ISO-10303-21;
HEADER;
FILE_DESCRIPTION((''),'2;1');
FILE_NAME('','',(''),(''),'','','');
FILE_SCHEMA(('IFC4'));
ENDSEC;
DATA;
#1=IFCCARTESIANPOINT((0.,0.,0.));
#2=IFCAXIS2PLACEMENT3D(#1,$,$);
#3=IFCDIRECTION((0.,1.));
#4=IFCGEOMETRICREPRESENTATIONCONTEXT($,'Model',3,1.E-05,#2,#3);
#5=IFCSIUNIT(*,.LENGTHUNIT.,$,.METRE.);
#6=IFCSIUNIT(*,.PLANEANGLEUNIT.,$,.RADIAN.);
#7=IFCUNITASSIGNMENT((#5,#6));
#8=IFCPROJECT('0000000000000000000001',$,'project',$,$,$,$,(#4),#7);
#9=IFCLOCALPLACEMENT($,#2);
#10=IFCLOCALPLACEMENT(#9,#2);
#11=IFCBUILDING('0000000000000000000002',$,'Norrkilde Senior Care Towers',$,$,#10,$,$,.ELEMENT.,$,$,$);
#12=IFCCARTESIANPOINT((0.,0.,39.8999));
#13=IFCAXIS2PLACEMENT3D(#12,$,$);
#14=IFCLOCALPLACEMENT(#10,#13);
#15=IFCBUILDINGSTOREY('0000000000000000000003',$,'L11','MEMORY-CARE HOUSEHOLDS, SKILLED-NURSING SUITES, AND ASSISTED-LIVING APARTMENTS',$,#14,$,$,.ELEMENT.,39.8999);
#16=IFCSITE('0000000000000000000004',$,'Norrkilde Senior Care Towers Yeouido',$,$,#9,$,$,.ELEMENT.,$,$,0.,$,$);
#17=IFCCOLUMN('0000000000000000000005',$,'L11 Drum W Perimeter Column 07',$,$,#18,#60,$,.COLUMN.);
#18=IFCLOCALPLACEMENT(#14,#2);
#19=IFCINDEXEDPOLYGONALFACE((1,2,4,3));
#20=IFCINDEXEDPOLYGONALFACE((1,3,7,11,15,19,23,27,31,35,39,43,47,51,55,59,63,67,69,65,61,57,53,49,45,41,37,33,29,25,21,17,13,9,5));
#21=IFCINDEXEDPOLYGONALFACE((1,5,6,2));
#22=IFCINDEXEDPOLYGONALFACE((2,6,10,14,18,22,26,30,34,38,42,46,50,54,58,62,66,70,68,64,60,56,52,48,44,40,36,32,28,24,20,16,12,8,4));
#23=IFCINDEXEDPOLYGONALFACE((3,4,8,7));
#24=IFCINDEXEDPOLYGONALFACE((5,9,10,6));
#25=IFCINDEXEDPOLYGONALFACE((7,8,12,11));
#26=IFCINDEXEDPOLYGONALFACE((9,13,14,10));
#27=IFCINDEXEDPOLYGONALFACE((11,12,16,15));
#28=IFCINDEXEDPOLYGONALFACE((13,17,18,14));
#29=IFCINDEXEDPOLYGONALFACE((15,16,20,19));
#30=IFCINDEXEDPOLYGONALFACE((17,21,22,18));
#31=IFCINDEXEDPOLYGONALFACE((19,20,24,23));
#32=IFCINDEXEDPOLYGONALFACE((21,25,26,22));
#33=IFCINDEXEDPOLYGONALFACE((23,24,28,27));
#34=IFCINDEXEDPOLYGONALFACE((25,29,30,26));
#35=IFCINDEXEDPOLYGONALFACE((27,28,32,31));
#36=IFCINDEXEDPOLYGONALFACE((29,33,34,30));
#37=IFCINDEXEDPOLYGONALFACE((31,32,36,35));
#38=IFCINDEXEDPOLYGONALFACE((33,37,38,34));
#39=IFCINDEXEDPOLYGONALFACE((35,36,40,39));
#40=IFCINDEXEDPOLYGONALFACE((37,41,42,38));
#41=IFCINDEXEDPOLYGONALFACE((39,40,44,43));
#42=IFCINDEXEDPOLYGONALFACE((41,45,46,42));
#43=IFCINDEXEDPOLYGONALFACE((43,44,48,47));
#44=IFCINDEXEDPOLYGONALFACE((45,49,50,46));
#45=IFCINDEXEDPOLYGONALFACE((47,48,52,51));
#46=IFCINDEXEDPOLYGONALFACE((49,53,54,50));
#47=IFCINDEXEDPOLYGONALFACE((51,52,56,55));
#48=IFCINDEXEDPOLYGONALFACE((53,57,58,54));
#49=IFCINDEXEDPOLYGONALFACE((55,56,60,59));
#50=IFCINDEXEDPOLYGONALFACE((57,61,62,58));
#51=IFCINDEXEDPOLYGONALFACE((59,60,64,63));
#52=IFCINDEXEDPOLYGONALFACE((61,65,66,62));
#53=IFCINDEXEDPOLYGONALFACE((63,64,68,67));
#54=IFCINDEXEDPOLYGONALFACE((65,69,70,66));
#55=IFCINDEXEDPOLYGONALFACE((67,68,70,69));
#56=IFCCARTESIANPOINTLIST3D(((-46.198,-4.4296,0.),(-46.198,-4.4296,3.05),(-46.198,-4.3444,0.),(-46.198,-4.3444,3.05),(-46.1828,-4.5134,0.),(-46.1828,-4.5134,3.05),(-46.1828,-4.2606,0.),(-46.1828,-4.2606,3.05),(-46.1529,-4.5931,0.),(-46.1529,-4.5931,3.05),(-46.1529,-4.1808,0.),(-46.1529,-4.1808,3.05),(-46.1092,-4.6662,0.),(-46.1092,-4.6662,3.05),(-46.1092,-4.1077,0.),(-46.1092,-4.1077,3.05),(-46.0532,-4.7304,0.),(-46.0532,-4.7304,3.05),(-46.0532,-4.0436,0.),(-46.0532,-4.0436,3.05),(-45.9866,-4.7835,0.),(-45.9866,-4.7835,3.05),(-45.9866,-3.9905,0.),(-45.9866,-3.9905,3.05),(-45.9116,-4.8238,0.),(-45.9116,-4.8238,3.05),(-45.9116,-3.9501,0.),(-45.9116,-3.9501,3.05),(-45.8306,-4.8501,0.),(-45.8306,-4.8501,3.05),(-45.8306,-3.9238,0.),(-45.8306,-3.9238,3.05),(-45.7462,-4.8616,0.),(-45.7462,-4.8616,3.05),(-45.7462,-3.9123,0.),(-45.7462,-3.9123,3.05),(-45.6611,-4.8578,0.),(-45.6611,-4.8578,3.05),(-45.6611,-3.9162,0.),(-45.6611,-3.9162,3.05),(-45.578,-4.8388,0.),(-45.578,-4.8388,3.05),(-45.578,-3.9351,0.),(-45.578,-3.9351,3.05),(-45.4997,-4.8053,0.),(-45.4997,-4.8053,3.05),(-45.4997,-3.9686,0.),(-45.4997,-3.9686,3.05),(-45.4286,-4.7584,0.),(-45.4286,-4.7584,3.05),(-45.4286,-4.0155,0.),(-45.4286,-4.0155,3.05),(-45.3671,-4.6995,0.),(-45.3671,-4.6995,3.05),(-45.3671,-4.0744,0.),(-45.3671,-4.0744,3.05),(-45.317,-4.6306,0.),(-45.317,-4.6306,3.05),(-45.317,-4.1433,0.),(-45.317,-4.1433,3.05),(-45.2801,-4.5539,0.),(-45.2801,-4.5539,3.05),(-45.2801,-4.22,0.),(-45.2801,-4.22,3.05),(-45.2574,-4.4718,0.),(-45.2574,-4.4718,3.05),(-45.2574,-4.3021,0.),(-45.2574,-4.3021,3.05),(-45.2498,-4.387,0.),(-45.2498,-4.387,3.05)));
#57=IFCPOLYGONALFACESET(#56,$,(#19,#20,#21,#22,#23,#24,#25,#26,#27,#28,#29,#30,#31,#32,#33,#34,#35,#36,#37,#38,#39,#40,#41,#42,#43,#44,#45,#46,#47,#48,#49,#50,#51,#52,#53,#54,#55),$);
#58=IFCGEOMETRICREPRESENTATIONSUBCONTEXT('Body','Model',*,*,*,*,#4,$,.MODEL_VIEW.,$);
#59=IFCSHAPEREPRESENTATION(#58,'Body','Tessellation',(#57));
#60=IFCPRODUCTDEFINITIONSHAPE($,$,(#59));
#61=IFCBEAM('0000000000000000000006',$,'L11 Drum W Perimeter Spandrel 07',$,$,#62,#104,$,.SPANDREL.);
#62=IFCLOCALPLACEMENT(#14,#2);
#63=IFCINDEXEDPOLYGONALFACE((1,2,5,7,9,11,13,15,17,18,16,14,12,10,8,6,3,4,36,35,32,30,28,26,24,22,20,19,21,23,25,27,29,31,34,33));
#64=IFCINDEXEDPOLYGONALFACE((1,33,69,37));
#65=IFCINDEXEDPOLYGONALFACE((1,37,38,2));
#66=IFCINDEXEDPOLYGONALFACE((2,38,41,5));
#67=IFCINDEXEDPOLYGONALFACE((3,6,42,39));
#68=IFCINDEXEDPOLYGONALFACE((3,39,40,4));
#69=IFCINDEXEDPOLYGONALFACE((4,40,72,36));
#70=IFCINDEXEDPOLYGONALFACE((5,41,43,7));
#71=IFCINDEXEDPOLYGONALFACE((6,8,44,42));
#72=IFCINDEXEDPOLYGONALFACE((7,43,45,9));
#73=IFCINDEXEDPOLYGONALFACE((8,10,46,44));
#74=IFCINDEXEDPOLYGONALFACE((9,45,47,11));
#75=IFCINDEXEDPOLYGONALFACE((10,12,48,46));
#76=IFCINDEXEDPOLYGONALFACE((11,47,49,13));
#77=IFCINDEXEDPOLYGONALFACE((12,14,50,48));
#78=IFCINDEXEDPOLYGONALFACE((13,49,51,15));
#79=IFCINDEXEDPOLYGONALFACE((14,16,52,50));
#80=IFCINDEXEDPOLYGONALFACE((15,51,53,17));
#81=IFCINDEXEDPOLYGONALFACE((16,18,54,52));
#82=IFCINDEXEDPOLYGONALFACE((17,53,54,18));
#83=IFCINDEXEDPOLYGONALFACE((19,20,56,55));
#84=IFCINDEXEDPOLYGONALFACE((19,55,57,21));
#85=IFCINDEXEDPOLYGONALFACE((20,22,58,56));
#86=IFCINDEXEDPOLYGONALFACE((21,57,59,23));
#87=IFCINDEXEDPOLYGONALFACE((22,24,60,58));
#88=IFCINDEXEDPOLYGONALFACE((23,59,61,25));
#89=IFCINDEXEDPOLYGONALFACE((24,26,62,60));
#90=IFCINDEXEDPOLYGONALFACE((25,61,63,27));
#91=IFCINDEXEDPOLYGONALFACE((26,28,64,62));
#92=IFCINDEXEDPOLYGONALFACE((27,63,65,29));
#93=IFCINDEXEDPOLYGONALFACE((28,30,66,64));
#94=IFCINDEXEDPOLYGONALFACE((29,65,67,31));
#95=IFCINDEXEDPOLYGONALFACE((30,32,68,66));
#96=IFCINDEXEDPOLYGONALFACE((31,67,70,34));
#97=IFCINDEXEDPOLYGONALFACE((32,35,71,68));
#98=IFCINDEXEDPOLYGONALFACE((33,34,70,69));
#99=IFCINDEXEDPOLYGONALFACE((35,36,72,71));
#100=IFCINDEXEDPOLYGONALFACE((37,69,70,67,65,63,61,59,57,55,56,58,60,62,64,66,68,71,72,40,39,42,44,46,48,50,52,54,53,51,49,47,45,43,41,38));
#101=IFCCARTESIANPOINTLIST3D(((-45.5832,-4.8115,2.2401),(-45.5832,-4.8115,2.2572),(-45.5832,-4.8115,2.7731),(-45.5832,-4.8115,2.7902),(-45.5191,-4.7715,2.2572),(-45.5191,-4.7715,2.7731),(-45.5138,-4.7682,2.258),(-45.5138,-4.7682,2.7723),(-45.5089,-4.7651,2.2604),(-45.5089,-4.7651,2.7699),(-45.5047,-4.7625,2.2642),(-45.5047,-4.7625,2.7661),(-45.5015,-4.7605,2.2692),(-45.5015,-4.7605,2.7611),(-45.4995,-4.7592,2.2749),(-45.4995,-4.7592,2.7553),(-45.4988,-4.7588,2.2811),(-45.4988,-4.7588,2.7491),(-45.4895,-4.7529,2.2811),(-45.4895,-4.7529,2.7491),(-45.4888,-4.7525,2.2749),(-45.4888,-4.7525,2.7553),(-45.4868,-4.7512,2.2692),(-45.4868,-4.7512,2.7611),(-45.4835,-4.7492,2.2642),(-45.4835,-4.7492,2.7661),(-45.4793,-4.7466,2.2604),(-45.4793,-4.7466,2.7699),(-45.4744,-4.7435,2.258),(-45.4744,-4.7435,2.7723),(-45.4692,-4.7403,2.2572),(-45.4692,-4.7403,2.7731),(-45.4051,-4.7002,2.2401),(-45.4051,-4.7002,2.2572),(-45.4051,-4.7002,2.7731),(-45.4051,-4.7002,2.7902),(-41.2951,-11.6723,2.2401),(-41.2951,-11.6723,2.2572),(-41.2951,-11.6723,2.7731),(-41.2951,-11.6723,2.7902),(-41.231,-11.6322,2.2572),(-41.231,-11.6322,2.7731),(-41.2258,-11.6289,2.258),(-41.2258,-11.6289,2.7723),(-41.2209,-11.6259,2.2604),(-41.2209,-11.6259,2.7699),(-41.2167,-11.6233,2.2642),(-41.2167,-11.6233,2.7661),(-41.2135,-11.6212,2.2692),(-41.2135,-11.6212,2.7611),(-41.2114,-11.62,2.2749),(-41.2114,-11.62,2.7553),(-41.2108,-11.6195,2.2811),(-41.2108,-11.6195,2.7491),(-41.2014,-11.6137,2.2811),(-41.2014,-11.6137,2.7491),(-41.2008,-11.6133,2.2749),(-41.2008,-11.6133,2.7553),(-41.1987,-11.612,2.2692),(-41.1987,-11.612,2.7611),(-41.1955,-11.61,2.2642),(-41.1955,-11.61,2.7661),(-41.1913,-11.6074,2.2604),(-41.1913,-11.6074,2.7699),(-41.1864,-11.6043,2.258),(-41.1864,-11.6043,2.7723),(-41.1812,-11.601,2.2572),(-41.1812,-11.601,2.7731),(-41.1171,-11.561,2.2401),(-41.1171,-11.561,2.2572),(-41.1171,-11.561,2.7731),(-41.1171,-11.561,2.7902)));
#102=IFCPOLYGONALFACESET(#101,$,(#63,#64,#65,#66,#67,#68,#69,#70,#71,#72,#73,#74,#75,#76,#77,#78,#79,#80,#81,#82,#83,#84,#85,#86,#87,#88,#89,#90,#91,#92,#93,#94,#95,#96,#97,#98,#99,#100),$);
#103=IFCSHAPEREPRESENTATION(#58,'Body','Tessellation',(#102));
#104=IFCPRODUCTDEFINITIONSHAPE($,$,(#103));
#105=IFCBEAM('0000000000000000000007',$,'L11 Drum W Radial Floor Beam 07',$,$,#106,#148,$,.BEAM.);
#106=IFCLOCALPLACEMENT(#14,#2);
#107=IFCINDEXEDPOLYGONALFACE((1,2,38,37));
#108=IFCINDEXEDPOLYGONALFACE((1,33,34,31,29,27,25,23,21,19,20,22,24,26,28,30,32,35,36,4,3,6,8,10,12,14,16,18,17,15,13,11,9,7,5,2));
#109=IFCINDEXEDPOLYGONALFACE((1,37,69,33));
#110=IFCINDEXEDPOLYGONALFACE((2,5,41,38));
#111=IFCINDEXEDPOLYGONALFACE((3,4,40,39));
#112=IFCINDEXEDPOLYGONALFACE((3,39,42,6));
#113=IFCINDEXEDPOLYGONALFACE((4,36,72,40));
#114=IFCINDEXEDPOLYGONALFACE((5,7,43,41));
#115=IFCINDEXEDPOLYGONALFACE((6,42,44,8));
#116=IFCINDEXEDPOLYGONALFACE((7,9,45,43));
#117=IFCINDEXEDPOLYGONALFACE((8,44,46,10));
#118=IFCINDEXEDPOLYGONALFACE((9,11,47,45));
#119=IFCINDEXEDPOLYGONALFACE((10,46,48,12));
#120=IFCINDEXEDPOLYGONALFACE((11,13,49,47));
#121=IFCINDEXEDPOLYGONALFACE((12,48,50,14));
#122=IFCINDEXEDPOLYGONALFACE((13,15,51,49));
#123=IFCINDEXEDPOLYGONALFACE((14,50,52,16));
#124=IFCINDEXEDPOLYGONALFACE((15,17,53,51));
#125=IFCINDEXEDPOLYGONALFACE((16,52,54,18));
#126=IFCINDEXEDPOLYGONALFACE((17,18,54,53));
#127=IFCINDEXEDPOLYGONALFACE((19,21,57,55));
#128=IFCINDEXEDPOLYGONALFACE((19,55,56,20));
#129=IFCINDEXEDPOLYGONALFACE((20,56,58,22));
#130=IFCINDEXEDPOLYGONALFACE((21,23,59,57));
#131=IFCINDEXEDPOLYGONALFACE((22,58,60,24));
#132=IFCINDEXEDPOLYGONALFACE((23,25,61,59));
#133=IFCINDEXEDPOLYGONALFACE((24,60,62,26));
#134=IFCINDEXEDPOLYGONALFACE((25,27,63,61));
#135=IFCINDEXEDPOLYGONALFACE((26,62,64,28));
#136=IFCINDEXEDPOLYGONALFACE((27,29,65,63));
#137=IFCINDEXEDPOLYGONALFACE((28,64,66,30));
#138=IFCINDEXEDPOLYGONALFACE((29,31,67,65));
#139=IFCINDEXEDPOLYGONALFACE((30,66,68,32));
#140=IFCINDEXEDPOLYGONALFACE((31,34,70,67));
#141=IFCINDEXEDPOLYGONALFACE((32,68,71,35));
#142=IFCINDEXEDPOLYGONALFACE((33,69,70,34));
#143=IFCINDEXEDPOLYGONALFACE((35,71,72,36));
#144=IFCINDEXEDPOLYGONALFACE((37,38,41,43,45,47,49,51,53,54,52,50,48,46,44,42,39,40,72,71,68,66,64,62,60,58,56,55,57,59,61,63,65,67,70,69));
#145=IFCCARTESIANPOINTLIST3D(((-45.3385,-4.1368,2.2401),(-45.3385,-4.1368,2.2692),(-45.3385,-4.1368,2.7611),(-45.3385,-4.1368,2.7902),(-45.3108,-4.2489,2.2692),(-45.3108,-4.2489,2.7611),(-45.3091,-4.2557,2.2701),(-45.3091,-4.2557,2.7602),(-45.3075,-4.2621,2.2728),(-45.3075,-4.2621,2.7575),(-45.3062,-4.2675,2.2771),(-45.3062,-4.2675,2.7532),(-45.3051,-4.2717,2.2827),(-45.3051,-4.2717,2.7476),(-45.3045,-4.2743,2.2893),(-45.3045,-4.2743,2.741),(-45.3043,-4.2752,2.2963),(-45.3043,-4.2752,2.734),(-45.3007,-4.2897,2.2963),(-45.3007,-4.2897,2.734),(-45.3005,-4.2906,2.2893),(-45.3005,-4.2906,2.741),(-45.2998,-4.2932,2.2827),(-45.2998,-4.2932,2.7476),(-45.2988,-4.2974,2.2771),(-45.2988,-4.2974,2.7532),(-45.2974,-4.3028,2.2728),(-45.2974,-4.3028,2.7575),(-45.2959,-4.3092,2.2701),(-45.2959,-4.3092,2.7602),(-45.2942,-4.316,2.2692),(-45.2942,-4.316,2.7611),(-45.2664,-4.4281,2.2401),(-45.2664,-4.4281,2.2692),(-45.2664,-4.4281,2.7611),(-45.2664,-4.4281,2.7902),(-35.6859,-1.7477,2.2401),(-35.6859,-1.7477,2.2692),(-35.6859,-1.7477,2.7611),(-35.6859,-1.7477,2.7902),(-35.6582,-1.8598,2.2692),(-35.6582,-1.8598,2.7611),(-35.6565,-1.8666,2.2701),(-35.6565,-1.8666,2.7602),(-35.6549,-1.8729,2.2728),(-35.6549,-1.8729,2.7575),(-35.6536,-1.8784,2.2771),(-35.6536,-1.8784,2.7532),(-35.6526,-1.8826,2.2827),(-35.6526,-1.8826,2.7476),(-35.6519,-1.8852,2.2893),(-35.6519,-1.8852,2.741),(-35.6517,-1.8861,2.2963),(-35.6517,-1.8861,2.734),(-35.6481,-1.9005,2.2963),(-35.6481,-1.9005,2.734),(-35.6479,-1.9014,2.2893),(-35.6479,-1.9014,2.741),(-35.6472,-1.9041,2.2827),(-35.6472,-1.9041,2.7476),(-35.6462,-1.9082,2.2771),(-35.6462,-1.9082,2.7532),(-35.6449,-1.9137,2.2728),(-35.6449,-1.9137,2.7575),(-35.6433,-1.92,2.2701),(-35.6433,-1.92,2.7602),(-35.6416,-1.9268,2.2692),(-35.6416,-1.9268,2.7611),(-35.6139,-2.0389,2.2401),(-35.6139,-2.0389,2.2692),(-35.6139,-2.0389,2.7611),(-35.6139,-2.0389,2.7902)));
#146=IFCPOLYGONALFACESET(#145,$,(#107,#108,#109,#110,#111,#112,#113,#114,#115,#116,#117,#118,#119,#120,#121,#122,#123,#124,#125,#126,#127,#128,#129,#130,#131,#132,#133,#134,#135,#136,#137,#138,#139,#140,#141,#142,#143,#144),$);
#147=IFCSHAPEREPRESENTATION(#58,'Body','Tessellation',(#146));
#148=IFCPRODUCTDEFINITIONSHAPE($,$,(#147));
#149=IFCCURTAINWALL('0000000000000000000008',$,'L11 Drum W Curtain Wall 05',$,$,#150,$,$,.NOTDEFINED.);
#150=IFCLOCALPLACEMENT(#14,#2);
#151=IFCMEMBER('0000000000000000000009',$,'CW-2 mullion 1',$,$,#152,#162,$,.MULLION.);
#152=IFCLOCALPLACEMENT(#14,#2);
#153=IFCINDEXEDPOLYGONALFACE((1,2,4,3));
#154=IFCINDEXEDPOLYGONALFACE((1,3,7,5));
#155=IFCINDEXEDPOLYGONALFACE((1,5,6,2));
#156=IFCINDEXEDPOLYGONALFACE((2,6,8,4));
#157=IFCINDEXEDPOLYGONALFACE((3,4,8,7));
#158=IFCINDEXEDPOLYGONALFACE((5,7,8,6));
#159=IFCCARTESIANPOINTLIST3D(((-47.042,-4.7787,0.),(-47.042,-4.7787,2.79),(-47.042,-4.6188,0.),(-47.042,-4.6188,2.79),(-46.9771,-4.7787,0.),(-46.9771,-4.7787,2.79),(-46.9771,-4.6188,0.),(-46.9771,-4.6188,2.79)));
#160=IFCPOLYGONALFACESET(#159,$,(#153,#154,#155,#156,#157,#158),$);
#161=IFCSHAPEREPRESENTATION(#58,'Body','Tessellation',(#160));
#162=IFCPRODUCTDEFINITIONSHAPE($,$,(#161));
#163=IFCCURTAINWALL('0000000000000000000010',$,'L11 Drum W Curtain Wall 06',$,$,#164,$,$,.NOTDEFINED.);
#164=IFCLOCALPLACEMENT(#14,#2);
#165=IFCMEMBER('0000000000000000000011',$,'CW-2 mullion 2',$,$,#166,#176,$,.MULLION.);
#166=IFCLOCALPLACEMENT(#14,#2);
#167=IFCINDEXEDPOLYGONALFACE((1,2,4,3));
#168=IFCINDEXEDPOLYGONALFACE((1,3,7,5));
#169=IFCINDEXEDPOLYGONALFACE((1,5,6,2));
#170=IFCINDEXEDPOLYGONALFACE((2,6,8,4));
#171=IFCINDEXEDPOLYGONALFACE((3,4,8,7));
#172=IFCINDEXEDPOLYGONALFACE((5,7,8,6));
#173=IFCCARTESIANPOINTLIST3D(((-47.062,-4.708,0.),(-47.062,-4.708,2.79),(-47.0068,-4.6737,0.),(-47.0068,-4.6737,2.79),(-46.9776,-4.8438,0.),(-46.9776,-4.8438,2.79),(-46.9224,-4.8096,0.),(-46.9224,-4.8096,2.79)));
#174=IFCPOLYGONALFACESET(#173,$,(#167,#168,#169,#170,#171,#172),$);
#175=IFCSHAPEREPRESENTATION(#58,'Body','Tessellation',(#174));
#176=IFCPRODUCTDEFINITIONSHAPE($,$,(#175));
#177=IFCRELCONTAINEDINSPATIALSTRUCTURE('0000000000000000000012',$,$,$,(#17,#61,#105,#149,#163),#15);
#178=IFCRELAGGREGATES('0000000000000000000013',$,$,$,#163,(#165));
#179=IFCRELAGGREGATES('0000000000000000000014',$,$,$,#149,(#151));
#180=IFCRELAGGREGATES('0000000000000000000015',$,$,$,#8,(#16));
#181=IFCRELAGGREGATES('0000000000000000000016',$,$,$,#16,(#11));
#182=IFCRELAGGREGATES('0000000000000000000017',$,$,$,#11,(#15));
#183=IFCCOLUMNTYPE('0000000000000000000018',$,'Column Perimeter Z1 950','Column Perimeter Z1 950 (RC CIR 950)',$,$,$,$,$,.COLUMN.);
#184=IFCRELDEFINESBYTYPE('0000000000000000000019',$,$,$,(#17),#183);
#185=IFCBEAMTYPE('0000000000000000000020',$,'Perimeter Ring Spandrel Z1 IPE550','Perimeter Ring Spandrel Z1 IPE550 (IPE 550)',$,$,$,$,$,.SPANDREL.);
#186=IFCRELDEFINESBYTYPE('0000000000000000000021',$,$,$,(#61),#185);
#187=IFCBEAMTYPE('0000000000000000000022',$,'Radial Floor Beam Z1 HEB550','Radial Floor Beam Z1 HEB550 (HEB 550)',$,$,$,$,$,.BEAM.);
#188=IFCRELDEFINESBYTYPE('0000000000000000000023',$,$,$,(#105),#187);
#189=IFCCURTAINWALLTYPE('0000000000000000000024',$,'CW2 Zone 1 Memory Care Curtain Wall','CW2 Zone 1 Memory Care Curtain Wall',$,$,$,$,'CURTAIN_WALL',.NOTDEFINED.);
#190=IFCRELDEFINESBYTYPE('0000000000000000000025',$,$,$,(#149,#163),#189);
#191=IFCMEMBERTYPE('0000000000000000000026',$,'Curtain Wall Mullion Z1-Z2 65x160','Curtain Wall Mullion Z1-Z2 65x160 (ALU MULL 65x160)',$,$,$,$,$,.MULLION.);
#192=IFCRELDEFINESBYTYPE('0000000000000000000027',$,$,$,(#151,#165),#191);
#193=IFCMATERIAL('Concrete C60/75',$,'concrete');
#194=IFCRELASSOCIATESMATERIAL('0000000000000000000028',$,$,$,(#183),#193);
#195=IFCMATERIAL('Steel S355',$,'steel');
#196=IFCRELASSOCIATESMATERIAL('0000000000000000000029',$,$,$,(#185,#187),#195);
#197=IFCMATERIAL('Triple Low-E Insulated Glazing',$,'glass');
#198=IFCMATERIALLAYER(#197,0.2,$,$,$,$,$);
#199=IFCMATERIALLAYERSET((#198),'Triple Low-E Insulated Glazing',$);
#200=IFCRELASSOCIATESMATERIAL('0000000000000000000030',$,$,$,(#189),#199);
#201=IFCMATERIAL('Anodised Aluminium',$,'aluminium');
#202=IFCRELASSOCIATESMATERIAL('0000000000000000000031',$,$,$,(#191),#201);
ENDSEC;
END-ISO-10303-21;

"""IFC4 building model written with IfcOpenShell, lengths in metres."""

from ifc_helpers import new_model, si_unit, direction, frame, origin, origin_2d, place, context, subcontext, project, spatial, rectangle, circle, i_section, extrude, source, transform, mapped, material, layer, layer_set, material_profile, profile_set, type_object, type_shapes, element, aggregate, save


model = new_model("IFC4")

# Units and contexts
model_context = context("Model", 3, precision=1e-05, world=origin(), true_north=direction((0.0, 1.0)))
body_context = subcontext(model_context, "Body", "Model", "MODEL_VIEW")
ifc_project = project(units=[si_unit("LENGTHUNIT", "METRE"), si_unit("PLANEANGLEUNIT", "RADIAN")], contexts=[model_context])

# Site, building, storey
site_placement = place(None, origin())
site = spatial("IfcSite", under=ifc_project, at=site_placement, Name="Norrkilde Senior Care Towers Yeouido", CompositionType="ELEMENT", RefElevation=0.0)
building_placement = place(site_placement, origin())
building = spatial("IfcBuilding", under=site, at=building_placement, Name="Norrkilde Senior Care Towers", CompositionType="ELEMENT")
storey_placement = place(building_placement, frame((0.0, 0.0, 39.8999)))
storey = spatial("IfcBuildingStorey", under=building, at=storey_placement, Name="L11", Description="MEMORY-CARE HOUSEHOLDS, SKILLED-NURSING SUITES, AND ASSISTED-LIVING APARTMENTS", CompositionType="ELEMENT", Elevation=39.8999)

# Column
ifc_material_1 = material(Name="Concrete C60/75", Category="concrete")
ifc_material_profile_1 = material_profile(ifc_material_1, circle(Radius=0.4751, at=origin_2d()), Name="RC CIR 950")
ifc_profile_set_1 = profile_set([ifc_material_profile_1], Name="Concrete C60/75")
column_type = type_object("IfcColumnType", Name="Column Perimeter Z1 950", Description="Column Perimeter Z1 950 (RC CIR 950)", PredefinedType="COLUMN", material=ifc_profile_set_1)
shared_shape_1 = source(origin(), body_context, "Body", "SweptSolid", [
    extrude(circle(Radius=0.4751, at=origin_2d()), origin(), (0.0, 0.0, 1.0), 3.05),
])
type_shapes(column_type, [shared_shape_1])
column_placement = place(storey_placement, frame((-45.7249, -4.387, 0.0), z_axis=(0.0, 0.0, 1.0), x_axis=(1.0, 0.0, 0.0)))
element("IfcColumn", 1, at=column_placement, inside=storey, type_object=column_type, Name="L11 Drum W Perimeter Column 07", PredefinedType="COLUMN", context=body_context, shape_type="MappedRepresentation", body=[
    mapped(shared_shape_1, transform((0.0, 0.0, 0.0), x_axis=(1.0, 0.0, 0.0), y_axis=(0.0, 1.0, 0.0), z_axis=(0.0, 0.0, 1.0), scale=1.0)),
])

# Beams
ifc_material_2 = material(Name="Steel S355", Category="steel")
ifc_material_profile_2 = material_profile(ifc_material_2, i_section(OverallWidth=0.21, OverallDepth=0.55, WebThickness=0.011, FlangeThickness=0.0171, FilletRadius=0.0239, at=origin_2d()), Name="IPE 550")
ifc_profile_set_2 = profile_set([ifc_material_profile_2], Name="Steel S355")
beam_type_1 = type_object("IfcBeamType", Name="Perimeter Ring Spandrel Z1 IPE550", Description="Perimeter Ring Spandrel Z1 IPE550 (IPE 550)", PredefinedType="SPANDREL", material=ifc_profile_set_2)
shared_shape_2 = source(origin(), body_context, "Body", "SweptSolid", [
    extrude(i_section(OverallWidth=0.21, OverallDepth=0.55, WebThickness=0.011, FlangeThickness=0.0171, FilletRadius=0.0239, at=origin_2d()), origin(), (0.0, 0.0, 1.0), 8.0906),
])
type_shapes(beam_type_1, [shared_shape_2])
beam_1_placement = place(storey_placement, frame((-45.4941, -4.7559, 2.5151), z_axis=(0.530004, -0.847995, 0.0), x_axis=(0.847995, 0.530004, 0.0)))
element("IfcBeam", 2, at=beam_1_placement, inside=storey, type_object=beam_type_1, Name="L11 Drum W Perimeter Spandrel 07", PredefinedType="SPANDREL", context=body_context, shape_type="MappedRepresentation", body=[
    mapped(shared_shape_2, transform((0.0, 0.0, 0.0), x_axis=(1.0, 0.0, 0.0), y_axis=(0.0, 1.0, 0.0), z_axis=(0.0, 0.0, 1.0), scale=1.0)),
])
ifc_material_profile_3 = material_profile(ifc_material_2, i_section(OverallWidth=0.3, OverallDepth=0.55, WebThickness=0.0149, FlangeThickness=0.0291, FilletRadius=0.0271, at=origin_2d()), Name="HEB 550")
ifc_profile_set_3 = profile_set([ifc_material_profile_3], Name="Steel S355")
beam_type_2 = type_object("IfcBeamType", Name="Radial Floor Beam Z1 HEB550", Description="Radial Floor Beam Z1 HEB550 (HEB 550)", PredefinedType="BEAM", material=ifc_profile_set_3)
shared_shape_3 = source(origin(), body_context, "Body", "SweptSolid", [
    extrude(i_section(OverallWidth=0.3, OverallDepth=0.55, WebThickness=0.0149, FlangeThickness=0.0291, FilletRadius=0.0271, at=origin_2d()), origin(), (0.0, 0.0, 1.0), 9.9438),
])
type_shapes(beam_type_2, [shared_shape_3])
beam_2_placement = place(storey_placement, frame((-35.6499, -1.8933, 2.5151), z_axis=(-0.970707, -0.240265, 0.0), x_axis=(0.240265, -0.970707, 0.0)))
element("IfcBeam", 3, at=beam_2_placement, inside=storey, type_object=beam_type_2, Name="L11 Drum W Radial Floor Beam 07", PredefinedType="BEAM", context=body_context, shape_type="MappedRepresentation", body=[
    mapped(shared_shape_3, transform((0.0, 0.0, 0.0), x_axis=(1.0, 0.0, 0.0), y_axis=(0.0, 1.0, 0.0), z_axis=(0.0, 0.0, 1.0), scale=1.0)),
])

# Curtain walls, members
ifc_material_3 = material(Name="Triple Low-E Insulated Glazing", Category="glass")
ifc_layer_1 = layer(ifc_material_3, 0.2)
ifc_layer_set_1 = layer_set([ifc_layer_1], Name="Triple Low-E Insulated Glazing")
curtain_wall_type = type_object("IfcCurtainWallType", Name="CW2 Zone 1 Memory Care Curtain Wall", Description="CW2 Zone 1 Memory Care Curtain Wall", ElementType="CURTAIN_WALL", PredefinedType="NOTDEFINED", material=ifc_layer_set_1)
curtain_wall_1_placement = place(storey_placement, origin())
curtain_wall_1 = element("IfcCurtainWall", 4, at=curtain_wall_1_placement, inside=storey, type_object=curtain_wall_type, Name="L11 Drum W Curtain Wall 05", PredefinedType="NOTDEFINED")
ifc_material_4 = material(Name="Anodised Aluminium", Category="aluminium")
ifc_material_profile_4 = material_profile(ifc_material_4, rectangle(XDim=0.0649, YDim=0.1599, at=origin_2d()), Name="ALU MULL 65x160")
ifc_profile_set_4 = profile_set([ifc_material_profile_4], Name="Anodised Aluminium")
member_type_1 = type_object("IfcMemberType", Name="Curtain Wall Mullion Z1-Z2 65x160", Description="Curtain Wall Mullion Z1-Z2 65x160 (ALU MULL 65x160)", PredefinedType="MULLION", material=ifc_profile_set_4)
shared_shape_4 = source(origin(), body_context, "Body", "SweptSolid", [
    extrude(rectangle(XDim=0.0649, YDim=0.1599, at=origin_2d()), origin(), (0.0, 0.0, 1.0), 2.79),
])
type_shapes(member_type_1, [shared_shape_4])
member_1_placement = place(storey_placement, frame((-47.0095, -4.6987, 0.0), z_axis=(0.0, 0.0, 1.0), x_axis=(-1.0, 0.0, 0.0)))
member_1 = element("IfcMember", 5, at=member_1_placement, type_object=member_type_1, Name="CW-2 mullion 1", PredefinedType="MULLION", context=body_context, shape_type="MappedRepresentation", body=[
    mapped(shared_shape_4, transform((0.0, 0.0, 0.0), x_axis=(1.0, 0.0, 0.0), y_axis=(0.0, 1.0, 0.0), z_axis=(0.0, 0.0, 1.0), scale=1.0)),
])
curtain_wall_2_placement = place(storey_placement, origin())
curtain_wall_2 = element("IfcCurtainWall", 6, at=curtain_wall_2_placement, inside=storey, type_object=curtain_wall_type, Name="L11 Drum W Curtain Wall 06", PredefinedType="NOTDEFINED")
member_2_placement = place(storey_placement, frame((-46.9922, -4.7588, 0.0), z_axis=(0.0, 0.0, 1.0), x_axis=(-0.849306, -0.527901, 0.0)))
member_2 = element("IfcMember", 7, at=member_2_placement, type_object=member_type_1, Name="CW-2 mullion 2", PredefinedType="MULLION", context=body_context, shape_type="MappedRepresentation", body=[
    mapped(shared_shape_4, transform((0.0, 0.0, 0.0), x_axis=(1.0, 0.0, 0.0), y_axis=(0.0, 1.0, 0.0), z_axis=(0.0, 0.0, 1.0), scale=1.0)),
])
aggregate(curtain_wall_2, [member_2])

aggregate(curtain_wall_1, [member_1])

save(model, "model.ifc")
